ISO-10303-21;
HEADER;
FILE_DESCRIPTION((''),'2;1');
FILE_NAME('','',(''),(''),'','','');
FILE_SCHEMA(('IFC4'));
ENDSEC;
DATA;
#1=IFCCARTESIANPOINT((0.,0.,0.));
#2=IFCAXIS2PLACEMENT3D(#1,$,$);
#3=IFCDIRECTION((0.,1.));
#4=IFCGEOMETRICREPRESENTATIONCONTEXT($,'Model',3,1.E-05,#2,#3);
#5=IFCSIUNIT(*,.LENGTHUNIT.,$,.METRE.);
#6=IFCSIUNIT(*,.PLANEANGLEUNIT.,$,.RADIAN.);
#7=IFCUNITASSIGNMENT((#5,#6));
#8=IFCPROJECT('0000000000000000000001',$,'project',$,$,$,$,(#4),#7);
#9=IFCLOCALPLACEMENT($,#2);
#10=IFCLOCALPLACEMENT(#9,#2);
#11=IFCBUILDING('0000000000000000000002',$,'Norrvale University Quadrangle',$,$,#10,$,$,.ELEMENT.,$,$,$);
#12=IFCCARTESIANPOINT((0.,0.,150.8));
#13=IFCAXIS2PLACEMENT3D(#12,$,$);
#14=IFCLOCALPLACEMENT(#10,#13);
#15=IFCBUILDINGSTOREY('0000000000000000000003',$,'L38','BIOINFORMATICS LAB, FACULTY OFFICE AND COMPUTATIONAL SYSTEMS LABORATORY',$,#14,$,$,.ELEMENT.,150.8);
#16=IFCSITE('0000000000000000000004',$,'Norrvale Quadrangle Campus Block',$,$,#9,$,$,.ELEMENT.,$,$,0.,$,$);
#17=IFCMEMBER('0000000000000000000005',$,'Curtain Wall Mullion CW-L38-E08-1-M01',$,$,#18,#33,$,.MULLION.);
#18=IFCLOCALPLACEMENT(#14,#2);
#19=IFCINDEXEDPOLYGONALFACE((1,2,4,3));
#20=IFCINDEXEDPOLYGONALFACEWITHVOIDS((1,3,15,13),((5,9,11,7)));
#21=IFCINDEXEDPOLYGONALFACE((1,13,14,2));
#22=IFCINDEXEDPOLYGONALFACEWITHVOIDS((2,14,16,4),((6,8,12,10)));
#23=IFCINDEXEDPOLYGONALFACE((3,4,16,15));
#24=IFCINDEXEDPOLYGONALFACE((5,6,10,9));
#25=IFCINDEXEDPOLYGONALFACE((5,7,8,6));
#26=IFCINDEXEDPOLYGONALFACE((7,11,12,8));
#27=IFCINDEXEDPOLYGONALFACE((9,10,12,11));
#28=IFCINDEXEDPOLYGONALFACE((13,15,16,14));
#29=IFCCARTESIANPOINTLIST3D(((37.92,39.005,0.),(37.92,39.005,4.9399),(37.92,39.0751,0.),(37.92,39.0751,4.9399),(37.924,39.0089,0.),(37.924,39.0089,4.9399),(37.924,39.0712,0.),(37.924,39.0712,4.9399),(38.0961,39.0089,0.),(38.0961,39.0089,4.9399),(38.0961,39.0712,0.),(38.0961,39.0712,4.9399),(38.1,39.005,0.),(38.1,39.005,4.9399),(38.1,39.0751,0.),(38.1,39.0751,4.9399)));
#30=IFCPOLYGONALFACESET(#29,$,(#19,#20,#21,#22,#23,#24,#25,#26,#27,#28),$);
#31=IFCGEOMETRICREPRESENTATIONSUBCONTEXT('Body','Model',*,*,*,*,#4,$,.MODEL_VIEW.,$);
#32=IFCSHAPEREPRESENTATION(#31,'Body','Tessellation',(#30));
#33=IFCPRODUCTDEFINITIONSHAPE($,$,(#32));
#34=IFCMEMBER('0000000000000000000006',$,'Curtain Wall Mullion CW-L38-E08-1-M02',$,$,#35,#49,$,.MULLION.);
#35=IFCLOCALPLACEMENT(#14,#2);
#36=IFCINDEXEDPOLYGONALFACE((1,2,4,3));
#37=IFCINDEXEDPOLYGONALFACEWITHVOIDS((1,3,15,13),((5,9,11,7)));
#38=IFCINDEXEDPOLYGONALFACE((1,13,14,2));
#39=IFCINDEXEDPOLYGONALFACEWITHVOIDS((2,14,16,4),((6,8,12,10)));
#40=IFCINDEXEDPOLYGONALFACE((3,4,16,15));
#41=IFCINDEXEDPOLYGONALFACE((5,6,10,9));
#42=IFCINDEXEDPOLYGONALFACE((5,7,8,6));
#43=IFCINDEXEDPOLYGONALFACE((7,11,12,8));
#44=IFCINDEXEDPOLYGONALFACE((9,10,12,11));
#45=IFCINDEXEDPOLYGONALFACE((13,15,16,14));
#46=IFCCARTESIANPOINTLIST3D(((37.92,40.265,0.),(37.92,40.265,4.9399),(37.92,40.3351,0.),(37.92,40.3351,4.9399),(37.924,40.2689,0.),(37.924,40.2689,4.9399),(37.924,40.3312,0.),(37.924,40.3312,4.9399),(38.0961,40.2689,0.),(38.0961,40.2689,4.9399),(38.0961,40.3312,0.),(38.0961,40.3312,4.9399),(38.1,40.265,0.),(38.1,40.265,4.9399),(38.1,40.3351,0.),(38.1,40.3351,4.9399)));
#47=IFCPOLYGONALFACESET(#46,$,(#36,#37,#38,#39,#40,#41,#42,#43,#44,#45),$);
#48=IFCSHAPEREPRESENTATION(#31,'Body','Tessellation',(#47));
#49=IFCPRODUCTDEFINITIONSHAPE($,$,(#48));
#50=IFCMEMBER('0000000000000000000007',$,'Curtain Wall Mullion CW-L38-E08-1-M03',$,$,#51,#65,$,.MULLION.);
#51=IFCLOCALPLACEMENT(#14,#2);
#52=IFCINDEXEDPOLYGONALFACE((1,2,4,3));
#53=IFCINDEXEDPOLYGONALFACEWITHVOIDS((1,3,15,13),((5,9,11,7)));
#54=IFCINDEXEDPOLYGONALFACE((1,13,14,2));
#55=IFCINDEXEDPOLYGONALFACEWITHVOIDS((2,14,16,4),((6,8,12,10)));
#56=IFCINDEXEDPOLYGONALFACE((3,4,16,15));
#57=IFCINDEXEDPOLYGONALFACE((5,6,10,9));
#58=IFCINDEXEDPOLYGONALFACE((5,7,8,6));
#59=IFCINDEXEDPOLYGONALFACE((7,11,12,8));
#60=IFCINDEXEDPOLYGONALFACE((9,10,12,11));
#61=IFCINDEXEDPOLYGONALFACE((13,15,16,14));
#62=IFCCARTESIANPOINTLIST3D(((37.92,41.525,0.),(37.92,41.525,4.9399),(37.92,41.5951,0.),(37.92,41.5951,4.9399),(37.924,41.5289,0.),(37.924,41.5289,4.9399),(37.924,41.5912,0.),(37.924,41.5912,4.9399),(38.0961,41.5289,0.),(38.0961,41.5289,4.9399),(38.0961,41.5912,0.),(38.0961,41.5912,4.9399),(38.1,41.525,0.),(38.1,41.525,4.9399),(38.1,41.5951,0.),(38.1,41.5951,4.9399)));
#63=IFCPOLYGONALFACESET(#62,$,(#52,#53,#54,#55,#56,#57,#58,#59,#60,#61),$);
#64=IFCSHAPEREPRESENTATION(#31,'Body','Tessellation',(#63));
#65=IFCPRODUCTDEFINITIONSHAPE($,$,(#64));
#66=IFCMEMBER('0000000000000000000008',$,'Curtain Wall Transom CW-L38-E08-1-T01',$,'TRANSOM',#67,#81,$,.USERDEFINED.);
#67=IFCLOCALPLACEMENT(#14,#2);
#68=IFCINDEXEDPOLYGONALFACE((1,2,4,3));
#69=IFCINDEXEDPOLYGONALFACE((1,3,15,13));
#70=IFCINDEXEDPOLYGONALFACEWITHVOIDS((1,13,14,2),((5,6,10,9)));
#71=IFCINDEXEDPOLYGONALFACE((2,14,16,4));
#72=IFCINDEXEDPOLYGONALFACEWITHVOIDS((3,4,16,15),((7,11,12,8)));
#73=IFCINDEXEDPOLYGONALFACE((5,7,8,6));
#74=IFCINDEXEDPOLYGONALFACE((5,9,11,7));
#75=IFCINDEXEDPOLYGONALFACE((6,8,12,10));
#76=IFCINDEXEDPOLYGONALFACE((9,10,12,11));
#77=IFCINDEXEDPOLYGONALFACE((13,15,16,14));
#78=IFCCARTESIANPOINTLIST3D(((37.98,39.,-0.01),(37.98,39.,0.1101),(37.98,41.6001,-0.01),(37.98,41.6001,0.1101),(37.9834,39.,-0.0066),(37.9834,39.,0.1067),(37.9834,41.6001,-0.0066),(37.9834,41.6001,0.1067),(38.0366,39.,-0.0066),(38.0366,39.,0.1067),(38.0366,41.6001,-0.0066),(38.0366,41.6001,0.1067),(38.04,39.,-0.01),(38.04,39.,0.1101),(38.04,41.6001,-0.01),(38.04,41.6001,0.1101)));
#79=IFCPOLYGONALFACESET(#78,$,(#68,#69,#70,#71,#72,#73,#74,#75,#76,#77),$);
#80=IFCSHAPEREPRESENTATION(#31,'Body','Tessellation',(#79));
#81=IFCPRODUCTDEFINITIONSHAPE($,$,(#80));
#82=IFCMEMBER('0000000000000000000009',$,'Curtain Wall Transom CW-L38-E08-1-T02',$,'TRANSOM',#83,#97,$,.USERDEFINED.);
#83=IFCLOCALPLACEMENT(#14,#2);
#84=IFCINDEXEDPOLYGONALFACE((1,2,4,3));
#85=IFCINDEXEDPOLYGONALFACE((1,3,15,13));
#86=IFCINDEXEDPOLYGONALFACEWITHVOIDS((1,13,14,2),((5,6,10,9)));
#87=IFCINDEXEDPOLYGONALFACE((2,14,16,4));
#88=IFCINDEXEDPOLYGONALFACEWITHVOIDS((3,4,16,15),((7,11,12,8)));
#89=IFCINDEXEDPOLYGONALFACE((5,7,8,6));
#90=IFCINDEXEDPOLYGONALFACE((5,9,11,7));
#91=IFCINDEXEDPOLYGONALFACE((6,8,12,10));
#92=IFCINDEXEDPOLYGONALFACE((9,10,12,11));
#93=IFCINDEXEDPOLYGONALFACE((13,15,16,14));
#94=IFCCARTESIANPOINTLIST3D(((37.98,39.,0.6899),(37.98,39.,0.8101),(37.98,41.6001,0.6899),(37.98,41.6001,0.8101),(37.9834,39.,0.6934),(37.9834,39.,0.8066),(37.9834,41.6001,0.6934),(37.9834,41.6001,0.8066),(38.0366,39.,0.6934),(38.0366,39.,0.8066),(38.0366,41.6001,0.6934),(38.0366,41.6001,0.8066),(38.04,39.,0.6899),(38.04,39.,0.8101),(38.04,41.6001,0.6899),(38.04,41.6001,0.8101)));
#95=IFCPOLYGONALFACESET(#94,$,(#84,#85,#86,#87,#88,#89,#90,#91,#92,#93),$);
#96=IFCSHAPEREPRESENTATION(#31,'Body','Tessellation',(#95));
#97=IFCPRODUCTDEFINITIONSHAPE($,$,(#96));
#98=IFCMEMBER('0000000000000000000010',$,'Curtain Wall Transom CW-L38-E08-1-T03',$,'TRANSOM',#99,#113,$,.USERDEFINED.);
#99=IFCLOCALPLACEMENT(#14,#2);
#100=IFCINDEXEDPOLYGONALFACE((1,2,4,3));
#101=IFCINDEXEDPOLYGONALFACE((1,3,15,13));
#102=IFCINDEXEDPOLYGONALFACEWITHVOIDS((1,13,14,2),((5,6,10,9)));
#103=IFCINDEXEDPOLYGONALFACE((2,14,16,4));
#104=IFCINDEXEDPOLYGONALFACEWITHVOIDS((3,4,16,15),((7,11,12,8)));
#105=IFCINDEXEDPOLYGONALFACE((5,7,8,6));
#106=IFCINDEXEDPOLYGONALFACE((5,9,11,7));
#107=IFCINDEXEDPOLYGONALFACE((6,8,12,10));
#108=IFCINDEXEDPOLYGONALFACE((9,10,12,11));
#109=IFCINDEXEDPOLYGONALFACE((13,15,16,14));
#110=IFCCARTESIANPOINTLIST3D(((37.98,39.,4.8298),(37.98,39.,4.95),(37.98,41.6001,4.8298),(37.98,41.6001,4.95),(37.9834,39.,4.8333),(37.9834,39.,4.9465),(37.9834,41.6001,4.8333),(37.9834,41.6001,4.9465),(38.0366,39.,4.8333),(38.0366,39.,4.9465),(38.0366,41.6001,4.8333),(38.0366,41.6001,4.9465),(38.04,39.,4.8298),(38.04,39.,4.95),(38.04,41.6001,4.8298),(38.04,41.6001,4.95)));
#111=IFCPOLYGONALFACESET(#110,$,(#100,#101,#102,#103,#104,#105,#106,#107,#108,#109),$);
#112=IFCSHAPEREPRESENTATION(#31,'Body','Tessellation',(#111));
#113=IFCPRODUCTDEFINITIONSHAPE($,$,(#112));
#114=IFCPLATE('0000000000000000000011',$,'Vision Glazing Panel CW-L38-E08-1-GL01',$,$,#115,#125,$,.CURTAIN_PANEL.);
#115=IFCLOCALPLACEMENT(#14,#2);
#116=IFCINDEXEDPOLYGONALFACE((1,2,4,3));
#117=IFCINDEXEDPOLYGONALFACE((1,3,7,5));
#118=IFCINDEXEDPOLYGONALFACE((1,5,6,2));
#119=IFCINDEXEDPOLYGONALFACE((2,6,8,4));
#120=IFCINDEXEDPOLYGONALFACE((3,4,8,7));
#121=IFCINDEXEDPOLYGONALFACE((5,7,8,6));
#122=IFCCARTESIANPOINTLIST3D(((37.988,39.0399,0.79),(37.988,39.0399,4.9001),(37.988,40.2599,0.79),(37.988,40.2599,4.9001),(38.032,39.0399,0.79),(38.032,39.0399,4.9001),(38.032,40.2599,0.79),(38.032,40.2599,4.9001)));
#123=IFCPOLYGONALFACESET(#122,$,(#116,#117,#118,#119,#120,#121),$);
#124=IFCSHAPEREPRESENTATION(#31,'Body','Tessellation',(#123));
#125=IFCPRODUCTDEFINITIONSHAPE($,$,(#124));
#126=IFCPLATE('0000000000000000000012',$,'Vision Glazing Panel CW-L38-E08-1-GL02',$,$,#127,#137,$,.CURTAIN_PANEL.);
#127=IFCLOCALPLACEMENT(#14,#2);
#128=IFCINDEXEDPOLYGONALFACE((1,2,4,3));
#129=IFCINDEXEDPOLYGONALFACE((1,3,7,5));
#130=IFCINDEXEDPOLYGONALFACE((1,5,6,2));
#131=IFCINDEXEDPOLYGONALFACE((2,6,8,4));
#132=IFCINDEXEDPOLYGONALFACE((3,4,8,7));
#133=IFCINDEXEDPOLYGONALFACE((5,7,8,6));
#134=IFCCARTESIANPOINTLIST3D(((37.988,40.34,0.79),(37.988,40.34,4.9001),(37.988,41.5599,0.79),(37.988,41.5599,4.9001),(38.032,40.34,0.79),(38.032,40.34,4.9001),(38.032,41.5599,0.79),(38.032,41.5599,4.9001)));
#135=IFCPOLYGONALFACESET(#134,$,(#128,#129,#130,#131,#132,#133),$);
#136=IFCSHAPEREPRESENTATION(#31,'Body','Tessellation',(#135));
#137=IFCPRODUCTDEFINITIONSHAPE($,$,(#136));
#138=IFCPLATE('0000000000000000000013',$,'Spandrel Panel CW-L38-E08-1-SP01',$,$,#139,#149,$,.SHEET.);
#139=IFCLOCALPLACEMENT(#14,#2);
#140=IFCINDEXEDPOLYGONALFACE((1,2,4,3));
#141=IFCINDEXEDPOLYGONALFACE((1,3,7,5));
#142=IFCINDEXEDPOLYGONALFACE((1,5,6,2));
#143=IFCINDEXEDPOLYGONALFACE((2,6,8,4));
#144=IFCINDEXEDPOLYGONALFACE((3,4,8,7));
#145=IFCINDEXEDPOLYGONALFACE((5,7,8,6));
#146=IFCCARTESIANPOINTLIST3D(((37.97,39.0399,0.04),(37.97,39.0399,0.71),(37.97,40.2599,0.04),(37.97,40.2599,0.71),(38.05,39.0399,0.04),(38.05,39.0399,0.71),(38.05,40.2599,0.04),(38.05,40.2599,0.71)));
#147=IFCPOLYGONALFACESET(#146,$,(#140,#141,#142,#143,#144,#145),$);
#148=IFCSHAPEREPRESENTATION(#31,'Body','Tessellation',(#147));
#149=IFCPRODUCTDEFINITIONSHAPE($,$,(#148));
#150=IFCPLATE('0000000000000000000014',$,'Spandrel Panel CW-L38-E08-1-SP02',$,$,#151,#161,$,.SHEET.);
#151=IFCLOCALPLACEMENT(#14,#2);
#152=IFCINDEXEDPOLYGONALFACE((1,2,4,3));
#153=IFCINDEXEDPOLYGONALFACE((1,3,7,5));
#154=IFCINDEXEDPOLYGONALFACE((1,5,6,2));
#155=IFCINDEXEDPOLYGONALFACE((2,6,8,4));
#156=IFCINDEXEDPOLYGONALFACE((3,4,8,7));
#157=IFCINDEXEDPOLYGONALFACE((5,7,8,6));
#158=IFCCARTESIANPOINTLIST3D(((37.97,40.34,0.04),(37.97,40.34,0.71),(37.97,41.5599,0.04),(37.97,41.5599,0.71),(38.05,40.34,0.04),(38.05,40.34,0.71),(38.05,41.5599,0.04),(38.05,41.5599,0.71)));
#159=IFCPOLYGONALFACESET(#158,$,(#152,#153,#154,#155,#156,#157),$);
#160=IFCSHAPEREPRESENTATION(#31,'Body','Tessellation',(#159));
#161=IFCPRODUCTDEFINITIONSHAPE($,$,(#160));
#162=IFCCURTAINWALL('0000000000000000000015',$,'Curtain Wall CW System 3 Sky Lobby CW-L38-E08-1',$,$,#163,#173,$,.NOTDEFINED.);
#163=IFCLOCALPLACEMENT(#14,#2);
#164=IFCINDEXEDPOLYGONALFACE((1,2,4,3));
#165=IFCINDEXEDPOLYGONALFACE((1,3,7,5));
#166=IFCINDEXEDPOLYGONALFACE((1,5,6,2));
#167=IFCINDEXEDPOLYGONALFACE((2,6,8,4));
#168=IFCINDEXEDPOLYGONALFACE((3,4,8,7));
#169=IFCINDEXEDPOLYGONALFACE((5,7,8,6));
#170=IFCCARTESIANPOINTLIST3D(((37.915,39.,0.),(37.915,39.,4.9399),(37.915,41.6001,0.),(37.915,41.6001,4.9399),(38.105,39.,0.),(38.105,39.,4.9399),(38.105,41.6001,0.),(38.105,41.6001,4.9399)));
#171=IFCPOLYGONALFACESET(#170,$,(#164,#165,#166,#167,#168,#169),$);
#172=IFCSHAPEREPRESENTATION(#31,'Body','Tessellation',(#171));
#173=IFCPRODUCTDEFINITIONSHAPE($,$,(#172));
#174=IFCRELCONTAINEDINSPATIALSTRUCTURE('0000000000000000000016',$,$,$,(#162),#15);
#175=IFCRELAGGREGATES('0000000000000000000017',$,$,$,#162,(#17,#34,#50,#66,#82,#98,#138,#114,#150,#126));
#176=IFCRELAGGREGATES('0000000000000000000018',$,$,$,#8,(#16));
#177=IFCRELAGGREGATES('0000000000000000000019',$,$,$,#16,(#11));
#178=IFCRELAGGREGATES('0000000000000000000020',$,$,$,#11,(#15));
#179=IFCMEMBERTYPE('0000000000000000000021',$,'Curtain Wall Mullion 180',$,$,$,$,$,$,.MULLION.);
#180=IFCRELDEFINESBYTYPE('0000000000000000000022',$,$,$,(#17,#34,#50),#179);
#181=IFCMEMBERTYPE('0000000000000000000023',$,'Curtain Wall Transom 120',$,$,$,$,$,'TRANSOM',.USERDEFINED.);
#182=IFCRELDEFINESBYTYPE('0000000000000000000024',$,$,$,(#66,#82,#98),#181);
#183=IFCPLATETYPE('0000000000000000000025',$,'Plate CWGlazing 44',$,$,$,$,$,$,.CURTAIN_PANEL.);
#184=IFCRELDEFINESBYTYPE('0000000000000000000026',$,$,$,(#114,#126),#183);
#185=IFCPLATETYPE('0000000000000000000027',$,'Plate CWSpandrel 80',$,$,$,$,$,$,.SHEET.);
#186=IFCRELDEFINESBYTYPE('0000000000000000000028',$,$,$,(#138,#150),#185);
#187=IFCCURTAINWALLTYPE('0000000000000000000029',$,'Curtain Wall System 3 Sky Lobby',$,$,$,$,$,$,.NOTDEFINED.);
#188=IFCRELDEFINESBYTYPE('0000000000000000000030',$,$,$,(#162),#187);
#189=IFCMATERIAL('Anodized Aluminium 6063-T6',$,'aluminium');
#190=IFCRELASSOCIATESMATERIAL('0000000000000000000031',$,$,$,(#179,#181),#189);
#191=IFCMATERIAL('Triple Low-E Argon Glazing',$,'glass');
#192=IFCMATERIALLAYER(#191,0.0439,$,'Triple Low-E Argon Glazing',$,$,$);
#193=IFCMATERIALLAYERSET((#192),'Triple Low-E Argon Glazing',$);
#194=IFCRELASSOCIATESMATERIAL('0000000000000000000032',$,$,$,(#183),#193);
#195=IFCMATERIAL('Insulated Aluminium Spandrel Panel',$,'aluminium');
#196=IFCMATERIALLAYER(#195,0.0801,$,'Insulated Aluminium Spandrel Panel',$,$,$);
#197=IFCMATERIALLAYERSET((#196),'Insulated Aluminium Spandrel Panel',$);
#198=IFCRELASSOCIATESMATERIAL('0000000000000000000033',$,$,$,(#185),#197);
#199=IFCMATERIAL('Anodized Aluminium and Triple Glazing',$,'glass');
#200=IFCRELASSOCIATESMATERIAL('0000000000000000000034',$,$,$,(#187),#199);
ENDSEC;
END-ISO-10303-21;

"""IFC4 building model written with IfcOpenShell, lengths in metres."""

from ifc_helpers import new_model, si_unit, direction, frame, frame_2d, origin, origin_2d, place, context, subcontext, project, spatial, rectangle, hollow_rectangle, extrude, material, layer, layer_set, material_profile, profile_set, type_object, element, aggregate, save


model = new_model("IFC4")

# Units and contexts
model_context = context("Model", 3, precision=1e-05, world=origin(), true_north=direction((0.0, 1.0)))
body_context = subcontext(model_context, "Body", "Model", "MODEL_VIEW")
ifc_project = project(units=[si_unit("LENGTHUNIT", "METRE"), si_unit("PLANEANGLEUNIT", "RADIAN")], contexts=[model_context])

# Site, building, storey
site_placement = place(None, origin())
site = spatial("IfcSite", under=ifc_project, at=site_placement, Name="Norrvale Quadrangle Campus Block", CompositionType="ELEMENT", RefElevation=0.0)
building_placement = place(site_placement, origin())
building = spatial("IfcBuilding", under=site, at=building_placement, Name="Norrvale University Quadrangle", CompositionType="ELEMENT")
storey_placement = place(building_placement, frame((0.0, 0.0, 150.8)))
storey = spatial("IfcBuildingStorey", under=building, at=storey_placement, Name="L38", Description="BIOINFORMATICS LAB, FACULTY OFFICE AND COMPUTATIONAL SYSTEMS LABORATORY", CompositionType="ELEMENT", Elevation=150.8)

# Members
ifc_material_1 = material(Name="Anodized Aluminium 6063-T6", Category="aluminium")
ifc_material_profile_1 = material_profile(ifc_material_1, hollow_rectangle(XDim=0.0701, YDim=0.1799, WallThickness=0.0039, at=origin_2d()), Name="Anodized Aluminium 6063-T6")
ifc_profile_set_1 = profile_set([ifc_material_profile_1], Name="Anodized Aluminium 6063-T6")
member_type_1 = type_object("IfcMemberType", Name="Curtain Wall Mullion 180", PredefinedType="MULLION", material=ifc_profile_set_1)
member_1_placement = place(storey_placement, frame((38.01, 39.04, 0.0), z_axis=(0.0, 0.0, 1.0), x_axis=(0.0, 1.0, 0.0)))
member_1 = element("IfcMember", 1, at=member_1_placement, type_object=member_type_1, Name="Curtain Wall Mullion CW-L38-E08-1-M01", PredefinedType="MULLION", context=body_context, shape_type="SweptSolid", body=[
    extrude(hollow_rectangle(XDim=0.0701, YDim=0.1799, WallThickness=0.0039, at=origin_2d()), origin(), (0.0, 0.0, 1.0), 4.9399),
])
member_2_placement = place(storey_placement, frame((38.01, 40.3, 0.0), z_axis=(0.0, 0.0, 1.0), x_axis=(0.0, 1.0, 0.0)))
member_2 = element("IfcMember", 2, at=member_2_placement, type_object=member_type_1, Name="Curtain Wall Mullion CW-L38-E08-1-M02", PredefinedType="MULLION", context=body_context, shape_type="SweptSolid", body=[
    extrude(hollow_rectangle(XDim=0.0701, YDim=0.1799, WallThickness=0.0039, at=origin_2d()), origin(), (0.0, 0.0, 1.0), 4.9399),
])
member_3_placement = place(storey_placement, frame((38.01, 41.5601, 0.0), z_axis=(0.0, 0.0, 1.0), x_axis=(0.0, 1.0, 0.0)))
member_3 = element("IfcMember", 3, at=member_3_placement, type_object=member_type_1, Name="Curtain Wall Mullion CW-L38-E08-1-M03", PredefinedType="MULLION", context=body_context, shape_type="SweptSolid", body=[
    extrude(hollow_rectangle(XDim=0.0701, YDim=0.1799, WallThickness=0.0039, at=origin_2d()), origin(), (0.0, 0.0, 1.0), 4.9399),
])
ifc_material_profile_2 = material_profile(ifc_material_1, hollow_rectangle(XDim=0.0601, YDim=0.1201, WallThickness=0.0034, at=origin_2d()), Name="Anodized Aluminium 6063-T6")
ifc_profile_set_2 = profile_set([ifc_material_profile_2], Name="Anodized Aluminium 6063-T6")
member_type_2 = type_object("IfcMemberType", Name="Curtain Wall Transom 120", ElementType="TRANSOM", PredefinedType="USERDEFINED", material=ifc_profile_set_2)
member_4_placement = place(storey_placement, frame((38.01, 39.0, 0.05), z_axis=(0.0, 1.0, 0.0), x_axis=(-1.0, 0.0, 0.0)))
member_4 = element("IfcMember", 4, at=member_4_placement, type_object=member_type_2, Name="Curtain Wall Transom CW-L38-E08-1-T01", ObjectType="TRANSOM", PredefinedType="USERDEFINED", context=body_context, shape_type="SweptSolid", body=[
    extrude(hollow_rectangle(XDim=0.0601, YDim=0.1201, WallThickness=0.0034, at=origin_2d()), origin(), (0.0, 0.0, 1.0), 2.6001),
])
member_5_placement = place(storey_placement, frame((38.01, 39.0, 0.75), z_axis=(0.0, 1.0, 0.0), x_axis=(-1.0, 0.0, 0.0)))
member_5 = element("IfcMember", 5, at=member_5_placement, type_object=member_type_2, Name="Curtain Wall Transom CW-L38-E08-1-T02", ObjectType="TRANSOM", PredefinedType="USERDEFINED", context=body_context, shape_type="SweptSolid", body=[
    extrude(hollow_rectangle(XDim=0.0601, YDim=0.1201, WallThickness=0.0034, at=origin_2d()), origin(), (0.0, 0.0, 1.0), 2.6001),
])
member_6_placement = place(storey_placement, frame((38.01, 39.0, 4.8899), z_axis=(0.0, 1.0, 0.0), x_axis=(-1.0, 0.0, 0.0)))
member_6 = element("IfcMember", 6, at=member_6_placement, type_object=member_type_2, Name="Curtain Wall Transom CW-L38-E08-1-T03", ObjectType="TRANSOM", PredefinedType="USERDEFINED", context=body_context, shape_type="SweptSolid", body=[
    extrude(hollow_rectangle(XDim=0.0601, YDim=0.1201, WallThickness=0.0034, at=origin_2d()), origin(), (0.0, 0.0, 1.0), 2.6001),
])

# Plates
ifc_material_2 = material(Name="Triple Low-E Argon Glazing", Category="glass")
ifc_layer_1 = layer(ifc_material_2, 0.0439, Name="Triple Low-E Argon Glazing")
ifc_layer_set_1 = layer_set([ifc_layer_1], Name="Triple Low-E Argon Glazing")
plate_type_1 = type_object("IfcPlateType", Name="Plate CWGlazing 44", PredefinedType="CURTAIN_PANEL", material=ifc_layer_set_1)
plate_1_placement = place(storey_placement, frame((38.01, 39.6499, 0.79), z_axis=(0.0, 0.0, 1.0), x_axis=(0.0, 1.0, 0.0)))
plate_1 = element("IfcPlate", 7, at=plate_1_placement, type_object=plate_type_1, Name="Vision Glazing Panel CW-L38-E08-1-GL01", PredefinedType="CURTAIN_PANEL", context=body_context, shape_type="SweptSolid", body=[
    extrude(rectangle(XDim=1.22, YDim=0.0439, at=origin_2d()), origin(), (0.0, 0.0, 1.0), 4.1101),
])
plate_2_placement = place(storey_placement, frame((38.01, 40.95, 0.79), z_axis=(0.0, 0.0, 1.0), x_axis=(0.0, 1.0, 0.0)))
plate_2 = element("IfcPlate", 8, at=plate_2_placement, type_object=plate_type_1, Name="Vision Glazing Panel CW-L38-E08-1-GL02", PredefinedType="CURTAIN_PANEL", context=body_context, shape_type="SweptSolid", body=[
    extrude(rectangle(XDim=1.22, YDim=0.0439, at=origin_2d()), origin(), (0.0, 0.0, 1.0), 4.1101),
])
ifc_material_3 = material(Name="Insulated Aluminium Spandrel Panel", Category="aluminium")
ifc_layer_2 = layer(ifc_material_3, 0.0801, Name="Insulated Aluminium Spandrel Panel")
ifc_layer_set_2 = layer_set([ifc_layer_2], Name="Insulated Aluminium Spandrel Panel")
plate_type_2 = type_object("IfcPlateType", Name="Plate CWSpandrel 80", PredefinedType="SHEET", material=ifc_layer_set_2)
plate_3_placement = place(storey_placement, frame((38.01, 39.6499, 0.04), z_axis=(0.0, 0.0, 1.0), x_axis=(0.0, 1.0, 0.0)))
plate_3 = element("IfcPlate", 9, at=plate_3_placement, type_object=plate_type_2, Name="Spandrel Panel CW-L38-E08-1-SP01", PredefinedType="SHEET", context=body_context, shape_type="SweptSolid", body=[
    extrude(rectangle(XDim=1.22, YDim=0.0801, at=origin_2d()), origin(), (0.0, 0.0, 1.0), 0.6699),
])
plate_4_placement = place(storey_placement, frame((38.01, 40.95, 0.04), z_axis=(0.0, 0.0, 1.0), x_axis=(0.0, 1.0, 0.0)))
plate_4 = element("IfcPlate", 10, at=plate_4_placement, type_object=plate_type_2, Name="Spandrel Panel CW-L38-E08-1-SP02", PredefinedType="SHEET", context=body_context, shape_type="SweptSolid", body=[
    extrude(rectangle(XDim=1.22, YDim=0.0801, at=origin_2d()), origin(), (0.0, 0.0, 1.0), 0.6699),
])

# Curtain wall
ifc_material_4 = material(Name="Anodized Aluminium and Triple Glazing", Category="glass")
curtain_wall_type = type_object("IfcCurtainWallType", Name="Curtain Wall System 3 Sky Lobby", PredefinedType="NOTDEFINED", material=ifc_material_4)
curtain_wall_1_placement = place(storey_placement, frame((38.01, 39.0, 0.0), z_axis=(0.0, 0.0, 1.0), x_axis=(0.0, 1.0, 0.0)))
curtain_wall_1 = element("IfcCurtainWall", 11, at=curtain_wall_1_placement, inside=storey, type_object=curtain_wall_type, Name="Curtain Wall CW System 3 Sky Lobby CW-L38-E08-1", PredefinedType="NOTDEFINED", context=body_context, shape_type="SweptSolid", body=[
    extrude(rectangle(XDim=2.6001, YDim=0.1899, at=frame_2d((1.3, 0.0))), origin(), (0.0, 0.0, 1.0), 4.9399),
])
aggregate(curtain_wall_1, [member_1, member_2, member_3, member_4, member_5, member_6, plate_3, plate_1, plate_4, plate_2])

save(model, "model.ifc")
